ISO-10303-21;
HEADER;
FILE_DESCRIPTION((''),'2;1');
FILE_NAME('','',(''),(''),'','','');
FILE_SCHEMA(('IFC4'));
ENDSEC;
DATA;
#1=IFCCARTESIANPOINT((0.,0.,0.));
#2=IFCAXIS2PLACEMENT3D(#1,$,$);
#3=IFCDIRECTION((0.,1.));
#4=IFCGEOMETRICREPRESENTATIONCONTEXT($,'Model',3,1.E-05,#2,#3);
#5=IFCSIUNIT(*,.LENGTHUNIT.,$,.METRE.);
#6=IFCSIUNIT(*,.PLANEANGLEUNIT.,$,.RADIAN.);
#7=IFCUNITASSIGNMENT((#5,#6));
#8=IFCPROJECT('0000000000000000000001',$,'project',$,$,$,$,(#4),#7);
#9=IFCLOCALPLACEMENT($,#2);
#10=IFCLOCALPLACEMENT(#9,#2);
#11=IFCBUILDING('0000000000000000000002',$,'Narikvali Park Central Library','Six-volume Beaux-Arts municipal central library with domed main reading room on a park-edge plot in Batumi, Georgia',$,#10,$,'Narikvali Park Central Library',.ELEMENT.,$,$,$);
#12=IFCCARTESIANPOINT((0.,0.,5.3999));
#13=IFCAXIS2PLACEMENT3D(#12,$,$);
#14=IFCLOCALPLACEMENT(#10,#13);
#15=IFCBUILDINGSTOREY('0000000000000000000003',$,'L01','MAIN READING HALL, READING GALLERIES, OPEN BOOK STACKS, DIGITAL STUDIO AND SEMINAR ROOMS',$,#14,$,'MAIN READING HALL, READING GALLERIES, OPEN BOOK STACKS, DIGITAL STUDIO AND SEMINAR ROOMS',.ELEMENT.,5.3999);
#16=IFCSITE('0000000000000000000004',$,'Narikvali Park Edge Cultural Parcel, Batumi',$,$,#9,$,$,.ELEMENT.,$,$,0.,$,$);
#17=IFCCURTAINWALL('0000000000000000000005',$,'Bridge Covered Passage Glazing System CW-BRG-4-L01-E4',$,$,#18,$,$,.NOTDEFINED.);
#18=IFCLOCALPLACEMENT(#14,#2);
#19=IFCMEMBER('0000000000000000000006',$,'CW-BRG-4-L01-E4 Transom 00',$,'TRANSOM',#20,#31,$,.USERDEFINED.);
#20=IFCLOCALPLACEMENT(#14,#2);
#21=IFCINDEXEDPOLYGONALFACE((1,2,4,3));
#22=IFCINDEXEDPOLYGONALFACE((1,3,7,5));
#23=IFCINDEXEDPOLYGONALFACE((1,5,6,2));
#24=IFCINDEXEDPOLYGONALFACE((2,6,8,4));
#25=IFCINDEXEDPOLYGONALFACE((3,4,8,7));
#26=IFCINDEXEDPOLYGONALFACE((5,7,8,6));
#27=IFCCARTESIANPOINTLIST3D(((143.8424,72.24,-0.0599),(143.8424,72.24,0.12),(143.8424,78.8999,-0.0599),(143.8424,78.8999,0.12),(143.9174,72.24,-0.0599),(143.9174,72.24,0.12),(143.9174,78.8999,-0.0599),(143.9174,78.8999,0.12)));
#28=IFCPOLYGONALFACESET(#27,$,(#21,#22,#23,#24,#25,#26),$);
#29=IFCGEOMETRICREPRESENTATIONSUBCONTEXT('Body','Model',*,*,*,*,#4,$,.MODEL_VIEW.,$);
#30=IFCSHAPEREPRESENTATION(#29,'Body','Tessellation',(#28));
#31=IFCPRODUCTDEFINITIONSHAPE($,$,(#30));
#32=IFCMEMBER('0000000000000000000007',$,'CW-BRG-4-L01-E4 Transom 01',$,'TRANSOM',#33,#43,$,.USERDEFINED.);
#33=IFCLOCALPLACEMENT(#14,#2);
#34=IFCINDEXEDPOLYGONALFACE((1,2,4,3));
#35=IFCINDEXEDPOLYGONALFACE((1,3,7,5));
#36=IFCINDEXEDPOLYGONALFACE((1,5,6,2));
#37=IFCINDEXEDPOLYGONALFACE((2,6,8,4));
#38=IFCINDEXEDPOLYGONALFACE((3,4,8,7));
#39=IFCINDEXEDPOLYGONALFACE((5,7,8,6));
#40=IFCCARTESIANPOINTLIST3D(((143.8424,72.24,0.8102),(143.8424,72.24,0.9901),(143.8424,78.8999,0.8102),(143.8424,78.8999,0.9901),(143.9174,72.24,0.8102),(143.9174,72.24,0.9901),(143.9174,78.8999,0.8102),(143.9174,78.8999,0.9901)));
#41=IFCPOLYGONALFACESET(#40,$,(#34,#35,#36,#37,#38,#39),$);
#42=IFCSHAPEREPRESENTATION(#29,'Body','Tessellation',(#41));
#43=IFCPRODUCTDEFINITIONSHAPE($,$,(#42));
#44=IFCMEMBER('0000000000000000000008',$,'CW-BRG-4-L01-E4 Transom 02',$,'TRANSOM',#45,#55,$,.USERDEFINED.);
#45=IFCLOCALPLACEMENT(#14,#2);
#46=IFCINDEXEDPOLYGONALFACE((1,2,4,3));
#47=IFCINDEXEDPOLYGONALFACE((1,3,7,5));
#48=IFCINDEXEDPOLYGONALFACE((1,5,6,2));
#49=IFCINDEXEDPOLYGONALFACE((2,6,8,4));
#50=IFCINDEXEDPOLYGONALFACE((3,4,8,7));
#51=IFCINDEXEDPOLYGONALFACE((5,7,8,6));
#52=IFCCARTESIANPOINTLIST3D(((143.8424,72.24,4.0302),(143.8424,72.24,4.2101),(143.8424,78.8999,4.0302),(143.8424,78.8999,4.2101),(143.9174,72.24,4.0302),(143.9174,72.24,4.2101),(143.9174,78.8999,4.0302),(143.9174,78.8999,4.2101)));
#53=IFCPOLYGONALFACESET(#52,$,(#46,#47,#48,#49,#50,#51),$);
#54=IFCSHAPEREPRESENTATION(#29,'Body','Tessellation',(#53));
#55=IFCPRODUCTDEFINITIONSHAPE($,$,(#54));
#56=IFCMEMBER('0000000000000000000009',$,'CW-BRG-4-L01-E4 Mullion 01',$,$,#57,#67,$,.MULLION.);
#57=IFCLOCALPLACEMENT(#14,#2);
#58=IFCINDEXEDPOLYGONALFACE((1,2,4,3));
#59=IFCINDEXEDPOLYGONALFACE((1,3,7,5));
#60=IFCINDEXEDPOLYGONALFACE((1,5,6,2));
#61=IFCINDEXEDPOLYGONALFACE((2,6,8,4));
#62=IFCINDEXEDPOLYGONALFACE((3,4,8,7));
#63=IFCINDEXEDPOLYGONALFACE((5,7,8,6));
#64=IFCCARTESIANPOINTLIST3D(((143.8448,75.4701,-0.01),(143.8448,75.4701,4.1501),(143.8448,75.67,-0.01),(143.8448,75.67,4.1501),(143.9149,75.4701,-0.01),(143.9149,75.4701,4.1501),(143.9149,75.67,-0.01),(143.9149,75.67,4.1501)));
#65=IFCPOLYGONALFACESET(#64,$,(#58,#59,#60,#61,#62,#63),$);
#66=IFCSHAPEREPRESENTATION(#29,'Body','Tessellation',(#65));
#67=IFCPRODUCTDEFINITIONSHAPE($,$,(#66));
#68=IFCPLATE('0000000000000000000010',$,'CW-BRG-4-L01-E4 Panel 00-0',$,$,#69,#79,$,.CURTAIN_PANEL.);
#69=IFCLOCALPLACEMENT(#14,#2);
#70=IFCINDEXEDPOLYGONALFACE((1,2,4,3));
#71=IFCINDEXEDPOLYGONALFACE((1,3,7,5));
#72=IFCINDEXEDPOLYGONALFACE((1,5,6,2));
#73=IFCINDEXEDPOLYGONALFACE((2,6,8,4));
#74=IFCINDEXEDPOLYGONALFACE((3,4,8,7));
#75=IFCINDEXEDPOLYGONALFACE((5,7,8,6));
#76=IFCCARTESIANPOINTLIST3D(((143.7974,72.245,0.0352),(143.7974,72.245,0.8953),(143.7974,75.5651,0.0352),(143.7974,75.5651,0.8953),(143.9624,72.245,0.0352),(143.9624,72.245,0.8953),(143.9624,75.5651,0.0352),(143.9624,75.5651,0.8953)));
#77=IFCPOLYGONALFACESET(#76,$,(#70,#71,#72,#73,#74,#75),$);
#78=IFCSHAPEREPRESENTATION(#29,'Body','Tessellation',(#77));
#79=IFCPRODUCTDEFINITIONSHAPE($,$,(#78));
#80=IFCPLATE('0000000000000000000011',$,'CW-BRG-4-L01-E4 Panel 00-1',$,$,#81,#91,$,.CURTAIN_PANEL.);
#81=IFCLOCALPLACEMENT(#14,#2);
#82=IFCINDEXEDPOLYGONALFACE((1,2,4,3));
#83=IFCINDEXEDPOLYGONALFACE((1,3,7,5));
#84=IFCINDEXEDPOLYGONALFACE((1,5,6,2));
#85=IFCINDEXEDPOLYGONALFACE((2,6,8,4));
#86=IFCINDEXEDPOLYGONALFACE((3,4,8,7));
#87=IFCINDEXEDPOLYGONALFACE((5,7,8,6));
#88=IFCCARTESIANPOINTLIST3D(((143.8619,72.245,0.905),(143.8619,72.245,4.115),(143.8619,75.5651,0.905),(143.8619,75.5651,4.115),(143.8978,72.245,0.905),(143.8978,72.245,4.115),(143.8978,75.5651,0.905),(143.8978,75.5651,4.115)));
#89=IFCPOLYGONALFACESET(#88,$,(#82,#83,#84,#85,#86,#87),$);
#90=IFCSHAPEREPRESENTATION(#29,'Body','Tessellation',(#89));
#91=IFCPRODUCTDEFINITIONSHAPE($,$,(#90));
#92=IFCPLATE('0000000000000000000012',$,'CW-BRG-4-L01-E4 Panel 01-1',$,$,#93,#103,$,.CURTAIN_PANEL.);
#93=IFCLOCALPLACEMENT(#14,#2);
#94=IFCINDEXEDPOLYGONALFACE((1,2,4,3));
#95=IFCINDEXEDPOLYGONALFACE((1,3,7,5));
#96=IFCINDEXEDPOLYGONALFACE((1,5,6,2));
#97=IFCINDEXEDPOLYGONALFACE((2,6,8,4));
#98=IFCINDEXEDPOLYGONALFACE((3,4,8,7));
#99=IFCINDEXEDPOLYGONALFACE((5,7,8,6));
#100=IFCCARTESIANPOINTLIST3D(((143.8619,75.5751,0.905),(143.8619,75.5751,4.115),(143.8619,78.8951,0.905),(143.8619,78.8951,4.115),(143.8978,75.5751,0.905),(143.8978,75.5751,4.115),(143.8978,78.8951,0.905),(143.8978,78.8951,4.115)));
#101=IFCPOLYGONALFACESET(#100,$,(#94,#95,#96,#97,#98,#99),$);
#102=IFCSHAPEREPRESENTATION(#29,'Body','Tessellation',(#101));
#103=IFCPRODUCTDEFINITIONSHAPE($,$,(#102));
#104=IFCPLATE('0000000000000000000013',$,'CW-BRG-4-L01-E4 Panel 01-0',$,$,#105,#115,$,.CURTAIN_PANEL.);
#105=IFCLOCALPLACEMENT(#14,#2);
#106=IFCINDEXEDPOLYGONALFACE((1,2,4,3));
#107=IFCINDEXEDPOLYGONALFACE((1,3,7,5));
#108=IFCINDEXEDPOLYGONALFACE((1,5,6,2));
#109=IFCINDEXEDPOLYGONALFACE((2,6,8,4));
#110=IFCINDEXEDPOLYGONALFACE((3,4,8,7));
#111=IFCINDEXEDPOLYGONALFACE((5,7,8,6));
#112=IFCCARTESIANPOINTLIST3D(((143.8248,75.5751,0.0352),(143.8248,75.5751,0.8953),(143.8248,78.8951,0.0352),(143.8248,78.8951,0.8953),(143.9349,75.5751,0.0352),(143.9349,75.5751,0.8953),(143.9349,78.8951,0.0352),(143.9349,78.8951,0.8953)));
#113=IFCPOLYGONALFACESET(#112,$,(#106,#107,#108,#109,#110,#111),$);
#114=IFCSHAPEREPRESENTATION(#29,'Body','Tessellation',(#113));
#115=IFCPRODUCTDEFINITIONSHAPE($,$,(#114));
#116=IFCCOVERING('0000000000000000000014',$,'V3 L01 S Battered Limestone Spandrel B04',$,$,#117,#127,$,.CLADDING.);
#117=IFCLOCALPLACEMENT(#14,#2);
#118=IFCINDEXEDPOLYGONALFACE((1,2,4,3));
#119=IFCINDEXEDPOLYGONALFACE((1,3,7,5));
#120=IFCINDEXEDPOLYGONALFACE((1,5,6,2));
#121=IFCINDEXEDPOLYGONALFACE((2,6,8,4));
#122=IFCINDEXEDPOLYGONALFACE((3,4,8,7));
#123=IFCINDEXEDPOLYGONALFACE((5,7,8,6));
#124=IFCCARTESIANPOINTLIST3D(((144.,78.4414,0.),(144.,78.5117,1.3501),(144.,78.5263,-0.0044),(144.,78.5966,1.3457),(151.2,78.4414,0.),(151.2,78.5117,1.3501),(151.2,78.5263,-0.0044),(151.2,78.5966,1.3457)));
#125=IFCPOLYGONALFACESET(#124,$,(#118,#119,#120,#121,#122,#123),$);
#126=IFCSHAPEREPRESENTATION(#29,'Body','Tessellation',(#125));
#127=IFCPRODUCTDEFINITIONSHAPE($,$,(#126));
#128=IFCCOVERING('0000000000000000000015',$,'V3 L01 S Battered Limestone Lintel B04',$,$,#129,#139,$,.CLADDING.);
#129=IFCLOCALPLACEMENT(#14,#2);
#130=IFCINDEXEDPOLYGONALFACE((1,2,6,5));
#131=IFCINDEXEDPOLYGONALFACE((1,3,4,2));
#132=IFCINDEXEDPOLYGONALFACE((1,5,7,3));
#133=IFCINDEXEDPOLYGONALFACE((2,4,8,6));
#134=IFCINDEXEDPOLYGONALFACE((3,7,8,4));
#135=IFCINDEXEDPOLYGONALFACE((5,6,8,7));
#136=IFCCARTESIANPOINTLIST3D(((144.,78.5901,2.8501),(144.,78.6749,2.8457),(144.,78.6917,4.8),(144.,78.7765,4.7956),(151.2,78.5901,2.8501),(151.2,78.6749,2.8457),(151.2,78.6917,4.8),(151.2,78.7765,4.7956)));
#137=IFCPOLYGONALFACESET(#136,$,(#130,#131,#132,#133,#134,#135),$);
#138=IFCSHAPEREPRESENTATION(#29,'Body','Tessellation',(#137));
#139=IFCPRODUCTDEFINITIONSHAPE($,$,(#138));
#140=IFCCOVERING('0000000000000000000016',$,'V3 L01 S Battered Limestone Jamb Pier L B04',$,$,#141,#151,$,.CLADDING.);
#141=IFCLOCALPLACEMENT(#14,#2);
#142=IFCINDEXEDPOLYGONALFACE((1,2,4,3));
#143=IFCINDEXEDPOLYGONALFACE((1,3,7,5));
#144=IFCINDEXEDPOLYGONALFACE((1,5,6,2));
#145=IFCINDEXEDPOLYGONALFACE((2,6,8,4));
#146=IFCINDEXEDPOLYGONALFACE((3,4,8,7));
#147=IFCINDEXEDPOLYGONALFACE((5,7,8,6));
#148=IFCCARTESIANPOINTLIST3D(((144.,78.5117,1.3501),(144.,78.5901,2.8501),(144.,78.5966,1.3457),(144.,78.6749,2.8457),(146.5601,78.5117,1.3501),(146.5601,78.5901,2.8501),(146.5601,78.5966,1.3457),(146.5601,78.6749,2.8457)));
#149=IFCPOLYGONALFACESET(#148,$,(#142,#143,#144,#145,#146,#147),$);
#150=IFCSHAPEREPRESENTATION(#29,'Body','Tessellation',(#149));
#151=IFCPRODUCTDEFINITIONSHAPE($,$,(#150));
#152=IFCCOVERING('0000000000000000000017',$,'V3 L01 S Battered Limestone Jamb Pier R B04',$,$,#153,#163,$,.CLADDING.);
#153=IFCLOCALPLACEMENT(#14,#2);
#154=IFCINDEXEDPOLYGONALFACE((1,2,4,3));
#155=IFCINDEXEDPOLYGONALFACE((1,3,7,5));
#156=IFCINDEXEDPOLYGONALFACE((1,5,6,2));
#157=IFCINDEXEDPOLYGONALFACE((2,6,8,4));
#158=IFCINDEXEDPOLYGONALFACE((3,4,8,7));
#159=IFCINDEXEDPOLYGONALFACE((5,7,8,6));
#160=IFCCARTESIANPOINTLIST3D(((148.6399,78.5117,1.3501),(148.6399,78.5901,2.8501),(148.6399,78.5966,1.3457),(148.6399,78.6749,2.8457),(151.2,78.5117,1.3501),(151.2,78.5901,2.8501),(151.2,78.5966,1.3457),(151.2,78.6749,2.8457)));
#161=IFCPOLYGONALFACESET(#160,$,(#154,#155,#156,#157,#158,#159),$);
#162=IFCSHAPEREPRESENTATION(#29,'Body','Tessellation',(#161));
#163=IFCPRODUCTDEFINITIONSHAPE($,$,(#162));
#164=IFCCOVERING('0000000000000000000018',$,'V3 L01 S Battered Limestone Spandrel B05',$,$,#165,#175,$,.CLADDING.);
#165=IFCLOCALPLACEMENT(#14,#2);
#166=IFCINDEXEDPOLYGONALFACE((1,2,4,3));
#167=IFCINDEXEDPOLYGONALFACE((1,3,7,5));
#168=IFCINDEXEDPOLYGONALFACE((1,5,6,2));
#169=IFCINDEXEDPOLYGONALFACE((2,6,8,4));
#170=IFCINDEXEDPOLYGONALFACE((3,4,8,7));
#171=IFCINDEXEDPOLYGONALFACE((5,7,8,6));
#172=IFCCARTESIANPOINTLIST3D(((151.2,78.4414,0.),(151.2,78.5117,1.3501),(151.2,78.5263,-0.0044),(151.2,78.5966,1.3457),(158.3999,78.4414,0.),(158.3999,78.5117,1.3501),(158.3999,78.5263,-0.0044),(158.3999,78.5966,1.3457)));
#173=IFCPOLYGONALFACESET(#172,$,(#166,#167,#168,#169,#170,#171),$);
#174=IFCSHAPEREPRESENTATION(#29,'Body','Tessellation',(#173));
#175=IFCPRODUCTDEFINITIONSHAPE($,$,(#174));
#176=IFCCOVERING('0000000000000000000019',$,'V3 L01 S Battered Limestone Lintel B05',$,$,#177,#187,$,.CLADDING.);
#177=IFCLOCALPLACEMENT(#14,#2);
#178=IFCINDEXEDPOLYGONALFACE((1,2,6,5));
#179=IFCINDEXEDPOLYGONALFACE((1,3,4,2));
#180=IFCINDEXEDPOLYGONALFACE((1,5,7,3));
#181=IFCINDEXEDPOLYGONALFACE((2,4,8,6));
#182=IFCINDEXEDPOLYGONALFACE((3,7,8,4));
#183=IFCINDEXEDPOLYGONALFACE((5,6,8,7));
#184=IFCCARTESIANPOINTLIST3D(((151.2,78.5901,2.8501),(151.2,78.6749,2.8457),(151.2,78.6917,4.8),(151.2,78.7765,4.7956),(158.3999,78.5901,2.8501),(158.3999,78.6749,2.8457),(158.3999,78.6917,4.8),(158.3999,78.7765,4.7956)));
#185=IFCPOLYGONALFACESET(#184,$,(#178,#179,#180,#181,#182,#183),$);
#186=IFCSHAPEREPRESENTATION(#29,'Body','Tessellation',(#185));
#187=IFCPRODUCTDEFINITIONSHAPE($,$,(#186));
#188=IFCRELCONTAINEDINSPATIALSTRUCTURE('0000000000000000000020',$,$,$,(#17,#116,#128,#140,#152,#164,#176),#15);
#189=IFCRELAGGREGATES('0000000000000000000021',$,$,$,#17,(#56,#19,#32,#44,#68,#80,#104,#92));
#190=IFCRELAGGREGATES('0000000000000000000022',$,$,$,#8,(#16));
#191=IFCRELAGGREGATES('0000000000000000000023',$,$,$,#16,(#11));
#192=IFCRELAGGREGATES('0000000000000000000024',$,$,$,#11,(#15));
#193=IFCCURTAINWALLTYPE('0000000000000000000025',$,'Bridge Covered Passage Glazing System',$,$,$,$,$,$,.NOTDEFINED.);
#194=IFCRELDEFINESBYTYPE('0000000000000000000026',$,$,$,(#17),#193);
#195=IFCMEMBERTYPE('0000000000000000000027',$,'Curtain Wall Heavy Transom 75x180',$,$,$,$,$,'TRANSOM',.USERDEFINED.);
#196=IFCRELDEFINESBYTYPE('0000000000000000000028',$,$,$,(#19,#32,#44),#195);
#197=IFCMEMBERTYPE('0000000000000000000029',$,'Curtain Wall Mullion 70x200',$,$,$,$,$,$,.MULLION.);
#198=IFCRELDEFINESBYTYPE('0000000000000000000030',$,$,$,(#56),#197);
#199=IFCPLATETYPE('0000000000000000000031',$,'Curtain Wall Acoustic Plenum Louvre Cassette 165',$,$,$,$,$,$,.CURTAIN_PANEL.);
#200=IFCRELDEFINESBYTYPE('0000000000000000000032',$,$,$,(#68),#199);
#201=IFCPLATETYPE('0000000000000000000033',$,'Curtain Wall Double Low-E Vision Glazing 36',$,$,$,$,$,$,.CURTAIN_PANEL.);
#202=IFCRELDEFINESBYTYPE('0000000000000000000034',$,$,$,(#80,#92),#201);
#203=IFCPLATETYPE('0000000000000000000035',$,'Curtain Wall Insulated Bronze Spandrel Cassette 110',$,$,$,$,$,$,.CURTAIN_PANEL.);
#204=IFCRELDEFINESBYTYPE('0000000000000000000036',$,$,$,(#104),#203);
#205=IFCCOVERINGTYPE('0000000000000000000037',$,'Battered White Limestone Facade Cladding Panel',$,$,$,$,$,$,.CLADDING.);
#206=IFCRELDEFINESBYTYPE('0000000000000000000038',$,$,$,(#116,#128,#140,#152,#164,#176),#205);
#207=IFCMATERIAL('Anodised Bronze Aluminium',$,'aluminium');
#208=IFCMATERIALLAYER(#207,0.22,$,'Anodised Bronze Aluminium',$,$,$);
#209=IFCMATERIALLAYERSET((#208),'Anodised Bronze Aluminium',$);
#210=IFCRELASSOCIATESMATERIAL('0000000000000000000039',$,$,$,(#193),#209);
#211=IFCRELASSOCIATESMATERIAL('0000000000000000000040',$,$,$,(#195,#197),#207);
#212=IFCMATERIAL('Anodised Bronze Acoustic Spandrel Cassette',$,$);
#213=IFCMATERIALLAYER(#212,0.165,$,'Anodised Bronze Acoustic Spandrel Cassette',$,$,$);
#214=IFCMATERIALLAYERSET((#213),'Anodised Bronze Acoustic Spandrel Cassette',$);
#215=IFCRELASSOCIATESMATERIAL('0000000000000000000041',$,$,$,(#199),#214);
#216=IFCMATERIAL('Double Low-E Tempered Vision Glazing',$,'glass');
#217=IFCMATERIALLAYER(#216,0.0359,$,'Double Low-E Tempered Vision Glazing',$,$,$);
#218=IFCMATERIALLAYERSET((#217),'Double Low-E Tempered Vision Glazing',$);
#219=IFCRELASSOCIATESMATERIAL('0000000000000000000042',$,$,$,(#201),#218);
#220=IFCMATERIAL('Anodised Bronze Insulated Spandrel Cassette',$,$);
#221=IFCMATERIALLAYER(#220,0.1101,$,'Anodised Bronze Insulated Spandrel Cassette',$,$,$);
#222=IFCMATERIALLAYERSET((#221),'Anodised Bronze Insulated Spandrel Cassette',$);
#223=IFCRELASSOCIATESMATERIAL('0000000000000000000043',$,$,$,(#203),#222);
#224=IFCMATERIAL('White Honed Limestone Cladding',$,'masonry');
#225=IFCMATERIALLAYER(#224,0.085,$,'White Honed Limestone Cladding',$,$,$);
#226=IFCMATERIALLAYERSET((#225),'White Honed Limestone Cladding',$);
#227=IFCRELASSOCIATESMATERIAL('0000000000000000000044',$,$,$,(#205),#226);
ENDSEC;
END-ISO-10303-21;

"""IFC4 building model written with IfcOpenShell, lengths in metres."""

from ifc_helpers import new_model, si_unit, direction, frame, origin, origin_2d, place, context, subcontext, project, spatial, polyline, rectangle, outline, extrude, material, layer, layer_set, material_profile, profile_set, type_object, element, aggregate, save


model = new_model("IFC4")

# Units and contexts
model_context = context("Model", 3, precision=1e-05, world=origin(), true_north=direction((0.0, 1.0)))
body_context = subcontext(model_context, "Body", "Model", "MODEL_VIEW")
ifc_project = project(units=[si_unit("LENGTHUNIT", "METRE"), si_unit("PLANEANGLEUNIT", "RADIAN")], contexts=[model_context])

# Site, building, storey
site_placement = place(None, origin())
site = spatial("IfcSite", under=ifc_project, at=site_placement, Name="Narikvali Park Edge Cultural Parcel, Batumi", CompositionType="ELEMENT", RefElevation=0.0)
building_placement = place(site_placement, origin())
building = spatial("IfcBuilding", under=site, at=building_placement, Name="Narikvali Park Central Library", Description="Six-volume Beaux-Arts municipal central library with domed main reading room on a park-edge plot in Batumi, Georgia", LongName="Narikvali Park Central Library", CompositionType="ELEMENT")
storey_placement = place(building_placement, frame((0.0, 0.0, 5.3999)))
storey = spatial("IfcBuildingStorey", under=building, at=storey_placement, Name="L01", Description="MAIN READING HALL, READING GALLERIES, OPEN BOOK STACKS, DIGITAL STUDIO AND SEMINAR ROOMS", LongName="MAIN READING HALL, READING GALLERIES, OPEN BOOK STACKS, DIGITAL STUDIO AND SEMINAR ROOMS", CompositionType="ELEMENT", Elevation=5.3999)

# Curtain wall, members, plates
ifc_material_1 = material(Name="Anodised Bronze Aluminium", Category="aluminium")
ifc_layer_1 = layer(ifc_material_1, 0.22, Name="Anodised Bronze Aluminium")
ifc_layer_set_1 = layer_set([ifc_layer_1], Name="Anodised Bronze Aluminium")
curtain_wall_type = type_object("IfcCurtainWallType", Name="Bridge Covered Passage Glazing System", PredefinedType="NOTDEFINED", material=ifc_layer_set_1)
curtain_wall_placement = place(storey_placement, origin())
curtain_wall = element("IfcCurtainWall", 1, at=curtain_wall_placement, inside=storey, type_object=curtain_wall_type, Name="Bridge Covered Passage Glazing System CW-BRG-4-L01-E4", PredefinedType="NOTDEFINED")
ifc_material_profile_1 = material_profile(ifc_material_1, rectangle(XDim=0.075, YDim=0.1799, at=origin_2d()), Name="CW TRANSOM 75x180")
ifc_profile_set_1 = profile_set([ifc_material_profile_1], Name="Anodised Bronze Aluminium")
member_type_1 = type_object("IfcMemberType", Name="Curtain Wall Heavy Transom 75x180", ElementType="TRANSOM", PredefinedType="USERDEFINED", material=ifc_profile_set_1)
member_1_placement = place(storey_placement, frame((143.8799, 72.24, 0.03), z_axis=(0.0, 1.0, 0.0), x_axis=(-1.0, 0.0, 0.0)))
member_1 = element("IfcMember", 2, at=member_1_placement, type_object=member_type_1, Name="CW-BRG-4-L01-E4 Transom 00", ObjectType="TRANSOM", PredefinedType="USERDEFINED", context=body_context, shape_type="SweptSolid", body=[
    extrude(rectangle(XDim=0.075, YDim=0.1799, at=origin_2d()), origin(), (0.0, 0.0, 1.0), 6.6599),
])
member_2_placement = place(storey_placement, frame((143.8799, 72.24, 0.9001), z_axis=(0.0, 1.0, 0.0), x_axis=(-1.0, 0.0, 0.0)))
member_2 = element("IfcMember", 3, at=member_2_placement, type_object=member_type_1, Name="CW-BRG-4-L01-E4 Transom 01", ObjectType="TRANSOM", PredefinedType="USERDEFINED", context=body_context, shape_type="SweptSolid", body=[
    extrude(rectangle(XDim=0.075, YDim=0.1799, at=origin_2d()), origin(), (0.0, 0.0, 1.0), 6.6599),
])
member_3_placement = place(storey_placement, frame((143.8799, 72.24, 4.1201), z_axis=(0.0, 1.0, 0.0), x_axis=(-1.0, 0.0, 0.0)))
member_3 = element("IfcMember", 4, at=member_3_placement, type_object=member_type_1, Name="CW-BRG-4-L01-E4 Transom 02", ObjectType="TRANSOM", PredefinedType="USERDEFINED", context=body_context, shape_type="SweptSolid", body=[
    extrude(rectangle(XDim=0.075, YDim=0.1799, at=origin_2d()), origin(), (0.0, 0.0, 1.0), 6.6599),
])
ifc_material_profile_2 = material_profile(ifc_material_1, rectangle(XDim=0.0701, YDim=0.2, at=origin_2d()), Name="CW MULLION 70x200")
ifc_profile_set_2 = profile_set([ifc_material_profile_2], Name="Anodised Bronze Aluminium")
member_type_2 = type_object("IfcMemberType", Name="Curtain Wall Mullion 70x200", PredefinedType="MULLION", material=ifc_profile_set_2)
member_4_placement = place(storey_placement, frame((143.8799, 75.5701, -0.01), z_axis=(0.0, 0.0, 1.0), x_axis=(1.0, 0.0, 0.0)))
member_4 = element("IfcMember", 5, at=member_4_placement, type_object=member_type_2, Name="CW-BRG-4-L01-E4 Mullion 01", PredefinedType="MULLION", context=body_context, shape_type="SweptSolid", body=[
    extrude(rectangle(XDim=0.0701, YDim=0.2, at=origin_2d()), origin(), (0.0, 0.0, 1.0), 4.1602),
])
ifc_material_2 = material(Name="Anodised Bronze Acoustic Spandrel Cassette")
ifc_layer_2 = layer(ifc_material_2, 0.165, Name="Anodised Bronze Acoustic Spandrel Cassette")
ifc_layer_set_2 = layer_set([ifc_layer_2], Name="Anodised Bronze Acoustic Spandrel Cassette")
plate_type_1 = type_object("IfcPlateType", Name="Curtain Wall Acoustic Plenum Louvre Cassette 165", PredefinedType="CURTAIN_PANEL", material=ifc_layer_set_2)
plate_1_placement = place(storey_placement, frame((143.8799, 73.905, 0.0352), z_axis=(0.0, 0.0, 1.0), x_axis=(0.0, 1.0, 0.0)))
plate_1 = element("IfcPlate", 6, at=plate_1_placement, type_object=plate_type_1, Name="CW-BRG-4-L01-E4 Panel 00-0", PredefinedType="CURTAIN_PANEL", context=body_context, shape_type="SweptSolid", body=[
    extrude(rectangle(XDim=3.3201, YDim=0.165, at=origin_2d()), origin(), (0.0, 0.0, 1.0), 0.8601),
])
ifc_material_3 = material(Name="Double Low-E Tempered Vision Glazing", Category="glass")
ifc_layer_3 = layer(ifc_material_3, 0.0359, Name="Double Low-E Tempered Vision Glazing")
ifc_layer_set_3 = layer_set([ifc_layer_3], Name="Double Low-E Tempered Vision Glazing")
plate_type_2 = type_object("IfcPlateType", Name="Curtain Wall Double Low-E Vision Glazing 36", PredefinedType="CURTAIN_PANEL", material=ifc_layer_set_3)
plate_2_placement = place(storey_placement, frame((143.8799, 73.905, 0.905), z_axis=(0.0, 0.0, 1.0), x_axis=(0.0, 1.0, 0.0)))
plate_2 = element("IfcPlate", 7, at=plate_2_placement, type_object=plate_type_2, Name="CW-BRG-4-L01-E4 Panel 00-1", PredefinedType="CURTAIN_PANEL", context=body_context, shape_type="SweptSolid", body=[
    extrude(rectangle(XDim=3.3201, YDim=0.0359, at=origin_2d()), origin(), (0.0, 0.0, 1.0), 3.21),
])
plate_3_placement = place(storey_placement, frame((143.8799, 77.2351, 0.905), z_axis=(0.0, 0.0, 1.0), x_axis=(0.0, 1.0, 0.0)))
plate_3 = element("IfcPlate", 8, at=plate_3_placement, type_object=plate_type_2, Name="CW-BRG-4-L01-E4 Panel 01-1", PredefinedType="CURTAIN_PANEL", context=body_context, shape_type="SweptSolid", body=[
    extrude(rectangle(XDim=3.3201, YDim=0.0359, at=origin_2d()), origin(), (0.0, 0.0, 1.0), 3.21),
])
ifc_material_4 = material(Name="Anodised Bronze Insulated Spandrel Cassette")
ifc_layer_4 = layer(ifc_material_4, 0.1101, Name="Anodised Bronze Insulated Spandrel Cassette")
ifc_layer_set_4 = layer_set([ifc_layer_4], Name="Anodised Bronze Insulated Spandrel Cassette")
plate_type_3 = type_object("IfcPlateType", Name="Curtain Wall Insulated Bronze Spandrel Cassette 110", PredefinedType="CURTAIN_PANEL", material=ifc_layer_set_4)
plate_4_placement = place(storey_placement, frame((143.8799, 77.2351, 0.0352), z_axis=(0.0, 0.0, 1.0), x_axis=(0.0, 1.0, 0.0)))
plate_4 = element("IfcPlate", 9, at=plate_4_placement, type_object=plate_type_3, Name="CW-BRG-4-L01-E4 Panel 01-0", PredefinedType="CURTAIN_PANEL", context=body_context, shape_type="SweptSolid", body=[
    extrude(rectangle(XDim=3.3201, YDim=0.1101, at=origin_2d()), origin(), (0.0, 0.0, 1.0), 0.8601),
])
aggregate(curtain_wall, [member_4, member_1, member_2, member_3, plate_1, plate_2, plate_4, plate_3])

# Coverings
ifc_material_5 = material(Name="White Honed Limestone Cladding", Category="masonry")
ifc_layer_5 = layer(ifc_material_5, 0.085, Name="White Honed Limestone Cladding")
ifc_layer_set_5 = layer_set([ifc_layer_5], Name="White Honed Limestone Cladding")
covering_type = type_object("IfcCoveringType", Name="Battered White Limestone Facade Cladding Panel", PredefinedType="CLADDING", material=ifc_layer_set_5)
covering_1_placement = place(storey_placement, frame((144.0, 78.4414, 0.0), z_axis=(0.0, -0.998647, 0.052009), x_axis=(1.0, 0.0, 0.0)))
element("IfcCovering", 10, at=covering_1_placement, inside=storey, type_object=covering_type, Name="V3 L01 S Battered Limestone Spandrel B04", PredefinedType="CLADDING", context=body_context, shape_type="SweptSolid", body=[
    extrude(outline(polyline([(0.0, 0.0), (7.2, 0.0), (7.2, 1.3519), (0.0, 1.3519), (0.0, 0.0)])), origin(), (0.0, 0.0, -1.0), 0.085),
])
covering_2_placement = place(storey_placement, frame((144.0, 78.5901, 2.8501), z_axis=(0.0, -0.998646, 0.052014), x_axis=(1.0, 0.0, 0.0)))
element("IfcCovering", 11, at=covering_2_placement, inside=storey, type_object=covering_type, Name="V3 L01 S Battered Limestone Lintel B04", PredefinedType="CLADDING", context=body_context, shape_type="SweptSolid", body=[
    extrude(outline(polyline([(0.0, 0.0), (7.2, 0.0), (7.2, 1.9526), (0.0, 1.9526), (0.0, 0.0)])), origin(), (0.0, 0.0, -1.0), 0.085),
])
for number, where, z_axis, x_axis, name in (
    (12, (144.0, 78.5117, 1.3501), (0.0, -0.998638, 0.052175), (1.0, 0.0, 0.0), "V3 L01 S Battered Limestone Jamb Pier L B04"),
    (13, (148.6399, 78.5117, 1.3501), (0.0, -0.998638, 0.052175), (1.0, 0.0, 0.0), "V3 L01 S Battered Limestone Jamb Pier R B04"),
):
    element("IfcCovering", number, at=place(storey_placement, frame(where, z_axis=z_axis, x_axis=x_axis)), inside=storey, type_object=covering_type, Name=name, PredefinedType="CLADDING", context=body_context, shape_type="SweptSolid", body=[
        extrude(outline(polyline([(0.0, 0.0), (2.5601, 0.0), (2.5601, 1.502), (0.0, 1.502), (0.0, 0.0)])), origin(), (0.0, 0.0, -1.0), 0.085),
    ])
covering_3_placement = place(storey_placement, frame((151.2, 78.4414, 0.0), z_axis=(0.0, -0.998647, 0.052009), x_axis=(1.0, 0.0, 0.0)))
element("IfcCovering", 14, at=covering_3_placement, inside=storey, type_object=covering_type, Name="V3 L01 S Battered Limestone Spandrel B05", PredefinedType="CLADDING", context=body_context, shape_type="SweptSolid", body=[
    extrude(outline(polyline([(0.0, 0.0), (7.2, 0.0), (7.2, 1.3519), (0.0, 1.3519), (0.0, 0.0)])), origin(), (0.0, 0.0, -1.0), 0.085),
])
covering_4_placement = place(storey_placement, frame((151.2, 78.5901, 2.8501), z_axis=(0.0, -0.998646, 0.052014), x_axis=(1.0, 0.0, 0.0)))
element("IfcCovering", 15, at=covering_4_placement, inside=storey, type_object=covering_type, Name="V3 L01 S Battered Limestone Lintel B05", PredefinedType="CLADDING", context=body_context, shape_type="SweptSolid", body=[
    extrude(outline(polyline([(0.0, 0.0), (7.2, 0.0), (7.2, 1.9526), (0.0, 1.9526), (0.0, 0.0)])), origin(), (0.0, 0.0, -1.0), 0.085),
])

save(model, "model.ifc")
